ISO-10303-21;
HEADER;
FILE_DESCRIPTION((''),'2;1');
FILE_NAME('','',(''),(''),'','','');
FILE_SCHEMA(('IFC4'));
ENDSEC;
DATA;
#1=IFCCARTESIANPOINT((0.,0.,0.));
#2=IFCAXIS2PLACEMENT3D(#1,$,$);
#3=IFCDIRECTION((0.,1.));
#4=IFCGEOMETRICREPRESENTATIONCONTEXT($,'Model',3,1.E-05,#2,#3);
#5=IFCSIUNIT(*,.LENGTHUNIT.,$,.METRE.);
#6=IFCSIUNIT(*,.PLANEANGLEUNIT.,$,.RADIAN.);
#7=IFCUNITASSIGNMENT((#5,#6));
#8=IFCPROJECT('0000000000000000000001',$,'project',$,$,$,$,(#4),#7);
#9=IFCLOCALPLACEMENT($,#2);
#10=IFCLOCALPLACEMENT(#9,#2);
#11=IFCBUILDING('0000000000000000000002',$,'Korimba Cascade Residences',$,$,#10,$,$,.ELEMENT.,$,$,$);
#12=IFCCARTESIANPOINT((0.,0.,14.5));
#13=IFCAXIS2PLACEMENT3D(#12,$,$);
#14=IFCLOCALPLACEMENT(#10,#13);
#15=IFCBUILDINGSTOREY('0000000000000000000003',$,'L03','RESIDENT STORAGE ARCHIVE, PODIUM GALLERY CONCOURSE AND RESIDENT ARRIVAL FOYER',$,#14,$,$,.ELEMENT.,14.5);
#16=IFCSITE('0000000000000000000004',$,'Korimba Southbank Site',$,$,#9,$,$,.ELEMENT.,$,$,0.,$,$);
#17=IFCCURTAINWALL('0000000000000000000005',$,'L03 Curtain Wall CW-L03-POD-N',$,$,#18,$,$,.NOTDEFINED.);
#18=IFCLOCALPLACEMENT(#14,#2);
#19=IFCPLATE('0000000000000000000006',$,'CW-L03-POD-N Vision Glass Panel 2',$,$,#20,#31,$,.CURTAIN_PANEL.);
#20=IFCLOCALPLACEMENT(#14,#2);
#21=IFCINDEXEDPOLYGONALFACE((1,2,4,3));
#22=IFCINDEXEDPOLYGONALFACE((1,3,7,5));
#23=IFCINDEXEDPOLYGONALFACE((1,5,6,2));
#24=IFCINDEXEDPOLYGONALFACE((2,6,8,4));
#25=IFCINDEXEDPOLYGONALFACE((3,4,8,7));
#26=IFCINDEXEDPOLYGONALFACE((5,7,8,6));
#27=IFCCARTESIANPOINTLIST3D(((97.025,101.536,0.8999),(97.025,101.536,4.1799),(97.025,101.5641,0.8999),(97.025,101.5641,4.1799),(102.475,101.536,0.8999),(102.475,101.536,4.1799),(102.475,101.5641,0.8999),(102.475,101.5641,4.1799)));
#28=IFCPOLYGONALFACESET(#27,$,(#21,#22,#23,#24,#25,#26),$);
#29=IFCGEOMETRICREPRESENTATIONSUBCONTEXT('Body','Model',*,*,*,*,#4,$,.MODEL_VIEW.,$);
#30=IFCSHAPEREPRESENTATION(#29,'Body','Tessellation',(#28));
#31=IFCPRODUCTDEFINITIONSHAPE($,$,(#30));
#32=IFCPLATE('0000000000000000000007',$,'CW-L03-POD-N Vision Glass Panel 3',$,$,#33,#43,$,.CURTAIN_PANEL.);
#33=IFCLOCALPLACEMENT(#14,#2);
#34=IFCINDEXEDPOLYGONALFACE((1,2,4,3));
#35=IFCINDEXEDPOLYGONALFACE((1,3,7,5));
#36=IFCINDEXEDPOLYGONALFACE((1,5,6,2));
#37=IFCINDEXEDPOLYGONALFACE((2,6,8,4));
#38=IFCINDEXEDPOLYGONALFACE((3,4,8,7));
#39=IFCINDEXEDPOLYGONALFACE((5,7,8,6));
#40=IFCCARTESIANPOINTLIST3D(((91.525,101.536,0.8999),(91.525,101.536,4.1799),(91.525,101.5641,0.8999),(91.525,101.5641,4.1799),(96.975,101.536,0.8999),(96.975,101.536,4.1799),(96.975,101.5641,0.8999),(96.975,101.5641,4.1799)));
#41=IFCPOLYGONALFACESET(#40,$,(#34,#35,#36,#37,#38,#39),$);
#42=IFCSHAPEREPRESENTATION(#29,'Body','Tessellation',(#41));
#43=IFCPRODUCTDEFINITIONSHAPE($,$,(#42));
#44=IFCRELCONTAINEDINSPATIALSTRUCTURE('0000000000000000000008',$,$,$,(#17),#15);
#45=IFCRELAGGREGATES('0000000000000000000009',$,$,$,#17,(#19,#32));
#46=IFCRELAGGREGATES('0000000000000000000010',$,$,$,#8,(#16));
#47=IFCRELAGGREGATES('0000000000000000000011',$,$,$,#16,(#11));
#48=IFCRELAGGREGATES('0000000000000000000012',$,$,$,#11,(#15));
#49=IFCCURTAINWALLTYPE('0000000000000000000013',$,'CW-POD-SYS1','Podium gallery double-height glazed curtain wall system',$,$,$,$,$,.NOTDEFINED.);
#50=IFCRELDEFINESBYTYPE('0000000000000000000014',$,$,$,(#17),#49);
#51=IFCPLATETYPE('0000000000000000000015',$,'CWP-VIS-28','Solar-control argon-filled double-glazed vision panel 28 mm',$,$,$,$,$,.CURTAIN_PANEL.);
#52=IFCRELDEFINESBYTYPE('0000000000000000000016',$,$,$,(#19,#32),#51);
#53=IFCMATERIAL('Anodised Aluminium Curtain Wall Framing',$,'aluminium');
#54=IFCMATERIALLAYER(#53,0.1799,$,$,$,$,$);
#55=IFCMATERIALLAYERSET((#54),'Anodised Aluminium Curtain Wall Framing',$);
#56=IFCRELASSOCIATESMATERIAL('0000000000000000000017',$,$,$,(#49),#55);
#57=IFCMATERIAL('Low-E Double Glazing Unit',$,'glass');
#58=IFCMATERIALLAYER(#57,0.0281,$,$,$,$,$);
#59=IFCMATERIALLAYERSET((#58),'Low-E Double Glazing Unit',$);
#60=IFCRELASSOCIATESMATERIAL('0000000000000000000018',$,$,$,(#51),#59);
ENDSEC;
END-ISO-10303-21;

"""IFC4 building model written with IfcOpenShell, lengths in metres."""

from ifc_helpers import new_model, si_unit, direction, frame, origin, origin_2d, place, context, subcontext, project, spatial, rectangle, extrude, material, layer, layer_set, type_object, element, aggregate, save


model = new_model("IFC4")

# Units and contexts
model_context = context("Model", 3, precision=1e-05, world=origin(), true_north=direction((0.0, 1.0)))
body_context = subcontext(model_context, "Body", "Model", "MODEL_VIEW")
ifc_project = project(units=[si_unit("LENGTHUNIT", "METRE"), si_unit("PLANEANGLEUNIT", "RADIAN")], contexts=[model_context])

# Site, building, storey
site_placement = place(None, origin())
site = spatial("IfcSite", under=ifc_project, at=site_placement, Name="Korimba Southbank Site", CompositionType="ELEMENT", RefElevation=0.0)
building_placement = place(site_placement, origin())
building = spatial("IfcBuilding", under=site, at=building_placement, Name="Korimba Cascade Residences", CompositionType="ELEMENT")
storey_placement = place(building_placement, frame((0.0, 0.0, 14.5)))
storey = spatial("IfcBuildingStorey", under=building, at=storey_placement, Name="L03", Description="RESIDENT STORAGE ARCHIVE, PODIUM GALLERY CONCOURSE AND RESIDENT ARRIVAL FOYER", CompositionType="ELEMENT", Elevation=14.5)

# Curtain wall, plates
ifc_material_1 = material(Name="Anodised Aluminium Curtain Wall Framing", Category="aluminium")
ifc_layer_1 = layer(ifc_material_1, 0.1799)
ifc_layer_set_1 = layer_set([ifc_layer_1], Name="Anodised Aluminium Curtain Wall Framing")
curtain_wall_type = type_object("IfcCurtainWallType", Name="CW-POD-SYS1", Description="Podium gallery double-height glazed curtain wall system", PredefinedType="NOTDEFINED", material=ifc_layer_set_1)
curtain_wall_placement = place(storey_placement, origin())
curtain_wall = element("IfcCurtainWall", 1, at=curtain_wall_placement, inside=storey, type_object=curtain_wall_type, Name="L03 Curtain Wall CW-L03-POD-N", PredefinedType="NOTDEFINED")
ifc_material_2 = material(Name="Low-E Double Glazing Unit", Category="glass")
ifc_layer_2 = layer(ifc_material_2, 0.0281)
ifc_layer_set_2 = layer_set([ifc_layer_2], Name="Low-E Double Glazing Unit")
plate_type_1 = type_object("IfcPlateType", Name="CWP-VIS-28", Description="Solar-control argon-filled double-glazed vision panel 28 mm", PredefinedType="CURTAIN_PANEL", material=ifc_layer_set_2)
plate_1_placement = place(storey_placement, frame((99.75, 101.55, 0.8999), z_axis=(0.0, 0.0, 1.0), x_axis=(-1.0, 0.0, 0.0)))
plate_1 = element("IfcPlate", 2, at=plate_1_placement, type_object=plate_type_1, Name="CW-L03-POD-N Vision Glass Panel 2", PredefinedType="CURTAIN_PANEL", context=body_context, shape_type="SweptSolid", body=[
    extrude(rectangle(XDim=5.45, YDim=0.0281, at=origin_2d()), origin(), (0.0, 0.0, 1.0), 3.28),
])
plate_2_placement = place(storey_placement, frame((94.25, 101.55, 0.8999), z_axis=(0.0, 0.0, 1.0), x_axis=(-1.0, 0.0, 0.0)))
plate_2 = element("IfcPlate", 3, at=plate_2_placement, type_object=plate_type_1, Name="CW-L03-POD-N Vision Glass Panel 3", PredefinedType="CURTAIN_PANEL", context=body_context, shape_type="SweptSolid", body=[
    extrude(rectangle(XDim=5.45, YDim=0.0281, at=origin_2d()), origin(), (0.0, 0.0, 1.0), 3.28),
])
aggregate(curtain_wall, [plate_1, plate_2])

save(model, "model.ifc")
